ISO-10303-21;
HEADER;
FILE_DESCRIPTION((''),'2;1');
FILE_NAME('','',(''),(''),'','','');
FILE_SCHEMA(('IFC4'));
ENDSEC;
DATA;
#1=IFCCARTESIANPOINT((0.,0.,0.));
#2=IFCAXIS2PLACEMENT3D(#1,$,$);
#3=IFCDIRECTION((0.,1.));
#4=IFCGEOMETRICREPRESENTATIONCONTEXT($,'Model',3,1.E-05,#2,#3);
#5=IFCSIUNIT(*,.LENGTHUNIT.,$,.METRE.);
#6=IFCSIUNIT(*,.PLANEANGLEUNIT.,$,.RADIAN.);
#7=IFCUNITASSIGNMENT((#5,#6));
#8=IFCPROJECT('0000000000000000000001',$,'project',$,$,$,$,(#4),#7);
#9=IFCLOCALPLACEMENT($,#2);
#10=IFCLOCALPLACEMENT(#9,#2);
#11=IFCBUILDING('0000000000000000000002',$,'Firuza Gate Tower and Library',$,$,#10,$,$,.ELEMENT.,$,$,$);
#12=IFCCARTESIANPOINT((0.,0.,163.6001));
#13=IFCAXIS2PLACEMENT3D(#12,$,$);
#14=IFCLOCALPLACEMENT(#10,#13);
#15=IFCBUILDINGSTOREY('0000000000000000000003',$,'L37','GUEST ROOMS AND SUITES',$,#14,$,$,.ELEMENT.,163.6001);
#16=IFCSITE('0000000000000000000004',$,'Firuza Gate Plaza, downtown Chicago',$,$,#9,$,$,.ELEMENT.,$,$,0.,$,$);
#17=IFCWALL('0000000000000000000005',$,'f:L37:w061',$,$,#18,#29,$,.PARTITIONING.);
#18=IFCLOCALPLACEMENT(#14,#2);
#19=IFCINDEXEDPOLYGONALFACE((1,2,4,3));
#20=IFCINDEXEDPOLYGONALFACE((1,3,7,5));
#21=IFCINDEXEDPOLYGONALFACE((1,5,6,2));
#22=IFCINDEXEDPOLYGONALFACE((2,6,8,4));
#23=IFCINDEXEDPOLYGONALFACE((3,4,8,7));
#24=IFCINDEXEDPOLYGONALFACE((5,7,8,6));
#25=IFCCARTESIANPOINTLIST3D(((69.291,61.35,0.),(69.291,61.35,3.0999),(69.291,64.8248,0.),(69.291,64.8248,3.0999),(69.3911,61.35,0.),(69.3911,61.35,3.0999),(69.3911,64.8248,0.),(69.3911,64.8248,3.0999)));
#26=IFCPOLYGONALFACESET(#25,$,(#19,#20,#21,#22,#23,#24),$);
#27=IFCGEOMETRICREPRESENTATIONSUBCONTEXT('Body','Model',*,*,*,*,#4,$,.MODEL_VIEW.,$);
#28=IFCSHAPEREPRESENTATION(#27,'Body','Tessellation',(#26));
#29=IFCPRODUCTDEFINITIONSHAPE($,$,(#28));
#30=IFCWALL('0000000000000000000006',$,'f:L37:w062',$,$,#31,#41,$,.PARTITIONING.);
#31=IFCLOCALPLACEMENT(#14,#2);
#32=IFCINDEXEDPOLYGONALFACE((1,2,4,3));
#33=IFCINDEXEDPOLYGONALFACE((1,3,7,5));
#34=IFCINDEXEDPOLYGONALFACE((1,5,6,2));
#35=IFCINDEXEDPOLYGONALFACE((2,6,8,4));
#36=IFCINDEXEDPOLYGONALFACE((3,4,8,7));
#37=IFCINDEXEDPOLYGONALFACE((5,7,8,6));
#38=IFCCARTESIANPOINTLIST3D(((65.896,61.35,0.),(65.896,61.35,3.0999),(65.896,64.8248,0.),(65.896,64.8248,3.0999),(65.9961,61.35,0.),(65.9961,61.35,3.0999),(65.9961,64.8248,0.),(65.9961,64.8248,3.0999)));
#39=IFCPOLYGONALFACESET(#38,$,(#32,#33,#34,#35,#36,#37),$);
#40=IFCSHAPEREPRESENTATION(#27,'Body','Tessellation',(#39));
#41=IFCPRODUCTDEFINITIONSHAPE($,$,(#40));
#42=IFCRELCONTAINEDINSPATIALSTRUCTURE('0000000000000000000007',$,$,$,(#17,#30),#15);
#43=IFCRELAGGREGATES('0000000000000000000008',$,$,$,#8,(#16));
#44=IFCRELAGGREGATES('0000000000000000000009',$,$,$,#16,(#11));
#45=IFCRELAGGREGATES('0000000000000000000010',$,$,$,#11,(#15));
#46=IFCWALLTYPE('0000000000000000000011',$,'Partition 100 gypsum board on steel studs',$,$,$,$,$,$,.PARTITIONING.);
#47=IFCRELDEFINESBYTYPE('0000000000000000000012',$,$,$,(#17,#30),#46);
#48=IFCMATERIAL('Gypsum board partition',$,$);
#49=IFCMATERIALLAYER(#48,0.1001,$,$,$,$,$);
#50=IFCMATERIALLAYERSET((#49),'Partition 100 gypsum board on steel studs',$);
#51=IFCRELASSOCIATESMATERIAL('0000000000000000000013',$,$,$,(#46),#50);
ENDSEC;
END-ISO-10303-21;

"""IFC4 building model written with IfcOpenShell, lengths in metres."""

from ifc_helpers import new_model, si_unit, direction, frame, frame_2d, origin, place, context, subcontext, project, spatial, rectangle, extrude, material, layer, layer_set, type_object, element, save


model = new_model("IFC4")

# Units and contexts
model_context = context("Model", 3, precision=1e-05, world=origin(), true_north=direction((0.0, 1.0)))
body_context = subcontext(model_context, "Body", "Model", "MODEL_VIEW")
ifc_project = project(units=[si_unit("LENGTHUNIT", "METRE"), si_unit("PLANEANGLEUNIT", "RADIAN")], contexts=[model_context])

# Site, building, storey
site_placement = place(None, origin())
site = spatial("IfcSite", under=ifc_project, at=site_placement, Name="Firuza Gate Plaza, downtown Chicago", CompositionType="ELEMENT", RefElevation=0.0)
building_placement = place(site_placement, origin())
building = spatial("IfcBuilding", under=site, at=building_placement, Name="Firuza Gate Tower and Library", CompositionType="ELEMENT")
storey_placement = place(building_placement, frame((0.0, 0.0, 163.6001)))
storey = spatial("IfcBuildingStorey", under=building, at=storey_placement, Name="L37", Description="GUEST ROOMS AND SUITES", CompositionType="ELEMENT", Elevation=163.6001)

# Walls
ifc_material_1 = material(Name="Gypsum board partition")
ifc_layer_1 = layer(ifc_material_1, 0.1001)
ifc_layer_set_1 = layer_set([ifc_layer_1], Name="Partition 100 gypsum board on steel studs")
wall_type_1 = type_object("IfcWallType", Name="Partition 100 gypsum board on steel studs", PredefinedType="PARTITIONING", material=ifc_layer_set_1)
for number, where, z_axis, x_axis, name in (
    (1, (69.3411, 61.3501, 0.0), (0.0, 0.0, 1.0), (0.0, 1.0, 0.0), "f:L37:w061"),
    (2, (65.946, 61.3501, 0.0), (0.0, 0.0, 1.0), (0.0, 1.0, 0.0), "f:L37:w062"),
):
    element("IfcWall", number, at=place(storey_placement, frame(where, z_axis=z_axis, x_axis=x_axis)), inside=storey, type_object=wall_type_1, Name=name, PredefinedType="PARTITIONING", context=body_context, shape_type="SweptSolid", body=[
        extrude(rectangle(XDim=3.4749, YDim=0.1001, at=frame_2d((1.7373, 0.0))), origin(), (0.0, 0.0, 1.0), 3.0999),
    ])

save(model, "model.ifc")
